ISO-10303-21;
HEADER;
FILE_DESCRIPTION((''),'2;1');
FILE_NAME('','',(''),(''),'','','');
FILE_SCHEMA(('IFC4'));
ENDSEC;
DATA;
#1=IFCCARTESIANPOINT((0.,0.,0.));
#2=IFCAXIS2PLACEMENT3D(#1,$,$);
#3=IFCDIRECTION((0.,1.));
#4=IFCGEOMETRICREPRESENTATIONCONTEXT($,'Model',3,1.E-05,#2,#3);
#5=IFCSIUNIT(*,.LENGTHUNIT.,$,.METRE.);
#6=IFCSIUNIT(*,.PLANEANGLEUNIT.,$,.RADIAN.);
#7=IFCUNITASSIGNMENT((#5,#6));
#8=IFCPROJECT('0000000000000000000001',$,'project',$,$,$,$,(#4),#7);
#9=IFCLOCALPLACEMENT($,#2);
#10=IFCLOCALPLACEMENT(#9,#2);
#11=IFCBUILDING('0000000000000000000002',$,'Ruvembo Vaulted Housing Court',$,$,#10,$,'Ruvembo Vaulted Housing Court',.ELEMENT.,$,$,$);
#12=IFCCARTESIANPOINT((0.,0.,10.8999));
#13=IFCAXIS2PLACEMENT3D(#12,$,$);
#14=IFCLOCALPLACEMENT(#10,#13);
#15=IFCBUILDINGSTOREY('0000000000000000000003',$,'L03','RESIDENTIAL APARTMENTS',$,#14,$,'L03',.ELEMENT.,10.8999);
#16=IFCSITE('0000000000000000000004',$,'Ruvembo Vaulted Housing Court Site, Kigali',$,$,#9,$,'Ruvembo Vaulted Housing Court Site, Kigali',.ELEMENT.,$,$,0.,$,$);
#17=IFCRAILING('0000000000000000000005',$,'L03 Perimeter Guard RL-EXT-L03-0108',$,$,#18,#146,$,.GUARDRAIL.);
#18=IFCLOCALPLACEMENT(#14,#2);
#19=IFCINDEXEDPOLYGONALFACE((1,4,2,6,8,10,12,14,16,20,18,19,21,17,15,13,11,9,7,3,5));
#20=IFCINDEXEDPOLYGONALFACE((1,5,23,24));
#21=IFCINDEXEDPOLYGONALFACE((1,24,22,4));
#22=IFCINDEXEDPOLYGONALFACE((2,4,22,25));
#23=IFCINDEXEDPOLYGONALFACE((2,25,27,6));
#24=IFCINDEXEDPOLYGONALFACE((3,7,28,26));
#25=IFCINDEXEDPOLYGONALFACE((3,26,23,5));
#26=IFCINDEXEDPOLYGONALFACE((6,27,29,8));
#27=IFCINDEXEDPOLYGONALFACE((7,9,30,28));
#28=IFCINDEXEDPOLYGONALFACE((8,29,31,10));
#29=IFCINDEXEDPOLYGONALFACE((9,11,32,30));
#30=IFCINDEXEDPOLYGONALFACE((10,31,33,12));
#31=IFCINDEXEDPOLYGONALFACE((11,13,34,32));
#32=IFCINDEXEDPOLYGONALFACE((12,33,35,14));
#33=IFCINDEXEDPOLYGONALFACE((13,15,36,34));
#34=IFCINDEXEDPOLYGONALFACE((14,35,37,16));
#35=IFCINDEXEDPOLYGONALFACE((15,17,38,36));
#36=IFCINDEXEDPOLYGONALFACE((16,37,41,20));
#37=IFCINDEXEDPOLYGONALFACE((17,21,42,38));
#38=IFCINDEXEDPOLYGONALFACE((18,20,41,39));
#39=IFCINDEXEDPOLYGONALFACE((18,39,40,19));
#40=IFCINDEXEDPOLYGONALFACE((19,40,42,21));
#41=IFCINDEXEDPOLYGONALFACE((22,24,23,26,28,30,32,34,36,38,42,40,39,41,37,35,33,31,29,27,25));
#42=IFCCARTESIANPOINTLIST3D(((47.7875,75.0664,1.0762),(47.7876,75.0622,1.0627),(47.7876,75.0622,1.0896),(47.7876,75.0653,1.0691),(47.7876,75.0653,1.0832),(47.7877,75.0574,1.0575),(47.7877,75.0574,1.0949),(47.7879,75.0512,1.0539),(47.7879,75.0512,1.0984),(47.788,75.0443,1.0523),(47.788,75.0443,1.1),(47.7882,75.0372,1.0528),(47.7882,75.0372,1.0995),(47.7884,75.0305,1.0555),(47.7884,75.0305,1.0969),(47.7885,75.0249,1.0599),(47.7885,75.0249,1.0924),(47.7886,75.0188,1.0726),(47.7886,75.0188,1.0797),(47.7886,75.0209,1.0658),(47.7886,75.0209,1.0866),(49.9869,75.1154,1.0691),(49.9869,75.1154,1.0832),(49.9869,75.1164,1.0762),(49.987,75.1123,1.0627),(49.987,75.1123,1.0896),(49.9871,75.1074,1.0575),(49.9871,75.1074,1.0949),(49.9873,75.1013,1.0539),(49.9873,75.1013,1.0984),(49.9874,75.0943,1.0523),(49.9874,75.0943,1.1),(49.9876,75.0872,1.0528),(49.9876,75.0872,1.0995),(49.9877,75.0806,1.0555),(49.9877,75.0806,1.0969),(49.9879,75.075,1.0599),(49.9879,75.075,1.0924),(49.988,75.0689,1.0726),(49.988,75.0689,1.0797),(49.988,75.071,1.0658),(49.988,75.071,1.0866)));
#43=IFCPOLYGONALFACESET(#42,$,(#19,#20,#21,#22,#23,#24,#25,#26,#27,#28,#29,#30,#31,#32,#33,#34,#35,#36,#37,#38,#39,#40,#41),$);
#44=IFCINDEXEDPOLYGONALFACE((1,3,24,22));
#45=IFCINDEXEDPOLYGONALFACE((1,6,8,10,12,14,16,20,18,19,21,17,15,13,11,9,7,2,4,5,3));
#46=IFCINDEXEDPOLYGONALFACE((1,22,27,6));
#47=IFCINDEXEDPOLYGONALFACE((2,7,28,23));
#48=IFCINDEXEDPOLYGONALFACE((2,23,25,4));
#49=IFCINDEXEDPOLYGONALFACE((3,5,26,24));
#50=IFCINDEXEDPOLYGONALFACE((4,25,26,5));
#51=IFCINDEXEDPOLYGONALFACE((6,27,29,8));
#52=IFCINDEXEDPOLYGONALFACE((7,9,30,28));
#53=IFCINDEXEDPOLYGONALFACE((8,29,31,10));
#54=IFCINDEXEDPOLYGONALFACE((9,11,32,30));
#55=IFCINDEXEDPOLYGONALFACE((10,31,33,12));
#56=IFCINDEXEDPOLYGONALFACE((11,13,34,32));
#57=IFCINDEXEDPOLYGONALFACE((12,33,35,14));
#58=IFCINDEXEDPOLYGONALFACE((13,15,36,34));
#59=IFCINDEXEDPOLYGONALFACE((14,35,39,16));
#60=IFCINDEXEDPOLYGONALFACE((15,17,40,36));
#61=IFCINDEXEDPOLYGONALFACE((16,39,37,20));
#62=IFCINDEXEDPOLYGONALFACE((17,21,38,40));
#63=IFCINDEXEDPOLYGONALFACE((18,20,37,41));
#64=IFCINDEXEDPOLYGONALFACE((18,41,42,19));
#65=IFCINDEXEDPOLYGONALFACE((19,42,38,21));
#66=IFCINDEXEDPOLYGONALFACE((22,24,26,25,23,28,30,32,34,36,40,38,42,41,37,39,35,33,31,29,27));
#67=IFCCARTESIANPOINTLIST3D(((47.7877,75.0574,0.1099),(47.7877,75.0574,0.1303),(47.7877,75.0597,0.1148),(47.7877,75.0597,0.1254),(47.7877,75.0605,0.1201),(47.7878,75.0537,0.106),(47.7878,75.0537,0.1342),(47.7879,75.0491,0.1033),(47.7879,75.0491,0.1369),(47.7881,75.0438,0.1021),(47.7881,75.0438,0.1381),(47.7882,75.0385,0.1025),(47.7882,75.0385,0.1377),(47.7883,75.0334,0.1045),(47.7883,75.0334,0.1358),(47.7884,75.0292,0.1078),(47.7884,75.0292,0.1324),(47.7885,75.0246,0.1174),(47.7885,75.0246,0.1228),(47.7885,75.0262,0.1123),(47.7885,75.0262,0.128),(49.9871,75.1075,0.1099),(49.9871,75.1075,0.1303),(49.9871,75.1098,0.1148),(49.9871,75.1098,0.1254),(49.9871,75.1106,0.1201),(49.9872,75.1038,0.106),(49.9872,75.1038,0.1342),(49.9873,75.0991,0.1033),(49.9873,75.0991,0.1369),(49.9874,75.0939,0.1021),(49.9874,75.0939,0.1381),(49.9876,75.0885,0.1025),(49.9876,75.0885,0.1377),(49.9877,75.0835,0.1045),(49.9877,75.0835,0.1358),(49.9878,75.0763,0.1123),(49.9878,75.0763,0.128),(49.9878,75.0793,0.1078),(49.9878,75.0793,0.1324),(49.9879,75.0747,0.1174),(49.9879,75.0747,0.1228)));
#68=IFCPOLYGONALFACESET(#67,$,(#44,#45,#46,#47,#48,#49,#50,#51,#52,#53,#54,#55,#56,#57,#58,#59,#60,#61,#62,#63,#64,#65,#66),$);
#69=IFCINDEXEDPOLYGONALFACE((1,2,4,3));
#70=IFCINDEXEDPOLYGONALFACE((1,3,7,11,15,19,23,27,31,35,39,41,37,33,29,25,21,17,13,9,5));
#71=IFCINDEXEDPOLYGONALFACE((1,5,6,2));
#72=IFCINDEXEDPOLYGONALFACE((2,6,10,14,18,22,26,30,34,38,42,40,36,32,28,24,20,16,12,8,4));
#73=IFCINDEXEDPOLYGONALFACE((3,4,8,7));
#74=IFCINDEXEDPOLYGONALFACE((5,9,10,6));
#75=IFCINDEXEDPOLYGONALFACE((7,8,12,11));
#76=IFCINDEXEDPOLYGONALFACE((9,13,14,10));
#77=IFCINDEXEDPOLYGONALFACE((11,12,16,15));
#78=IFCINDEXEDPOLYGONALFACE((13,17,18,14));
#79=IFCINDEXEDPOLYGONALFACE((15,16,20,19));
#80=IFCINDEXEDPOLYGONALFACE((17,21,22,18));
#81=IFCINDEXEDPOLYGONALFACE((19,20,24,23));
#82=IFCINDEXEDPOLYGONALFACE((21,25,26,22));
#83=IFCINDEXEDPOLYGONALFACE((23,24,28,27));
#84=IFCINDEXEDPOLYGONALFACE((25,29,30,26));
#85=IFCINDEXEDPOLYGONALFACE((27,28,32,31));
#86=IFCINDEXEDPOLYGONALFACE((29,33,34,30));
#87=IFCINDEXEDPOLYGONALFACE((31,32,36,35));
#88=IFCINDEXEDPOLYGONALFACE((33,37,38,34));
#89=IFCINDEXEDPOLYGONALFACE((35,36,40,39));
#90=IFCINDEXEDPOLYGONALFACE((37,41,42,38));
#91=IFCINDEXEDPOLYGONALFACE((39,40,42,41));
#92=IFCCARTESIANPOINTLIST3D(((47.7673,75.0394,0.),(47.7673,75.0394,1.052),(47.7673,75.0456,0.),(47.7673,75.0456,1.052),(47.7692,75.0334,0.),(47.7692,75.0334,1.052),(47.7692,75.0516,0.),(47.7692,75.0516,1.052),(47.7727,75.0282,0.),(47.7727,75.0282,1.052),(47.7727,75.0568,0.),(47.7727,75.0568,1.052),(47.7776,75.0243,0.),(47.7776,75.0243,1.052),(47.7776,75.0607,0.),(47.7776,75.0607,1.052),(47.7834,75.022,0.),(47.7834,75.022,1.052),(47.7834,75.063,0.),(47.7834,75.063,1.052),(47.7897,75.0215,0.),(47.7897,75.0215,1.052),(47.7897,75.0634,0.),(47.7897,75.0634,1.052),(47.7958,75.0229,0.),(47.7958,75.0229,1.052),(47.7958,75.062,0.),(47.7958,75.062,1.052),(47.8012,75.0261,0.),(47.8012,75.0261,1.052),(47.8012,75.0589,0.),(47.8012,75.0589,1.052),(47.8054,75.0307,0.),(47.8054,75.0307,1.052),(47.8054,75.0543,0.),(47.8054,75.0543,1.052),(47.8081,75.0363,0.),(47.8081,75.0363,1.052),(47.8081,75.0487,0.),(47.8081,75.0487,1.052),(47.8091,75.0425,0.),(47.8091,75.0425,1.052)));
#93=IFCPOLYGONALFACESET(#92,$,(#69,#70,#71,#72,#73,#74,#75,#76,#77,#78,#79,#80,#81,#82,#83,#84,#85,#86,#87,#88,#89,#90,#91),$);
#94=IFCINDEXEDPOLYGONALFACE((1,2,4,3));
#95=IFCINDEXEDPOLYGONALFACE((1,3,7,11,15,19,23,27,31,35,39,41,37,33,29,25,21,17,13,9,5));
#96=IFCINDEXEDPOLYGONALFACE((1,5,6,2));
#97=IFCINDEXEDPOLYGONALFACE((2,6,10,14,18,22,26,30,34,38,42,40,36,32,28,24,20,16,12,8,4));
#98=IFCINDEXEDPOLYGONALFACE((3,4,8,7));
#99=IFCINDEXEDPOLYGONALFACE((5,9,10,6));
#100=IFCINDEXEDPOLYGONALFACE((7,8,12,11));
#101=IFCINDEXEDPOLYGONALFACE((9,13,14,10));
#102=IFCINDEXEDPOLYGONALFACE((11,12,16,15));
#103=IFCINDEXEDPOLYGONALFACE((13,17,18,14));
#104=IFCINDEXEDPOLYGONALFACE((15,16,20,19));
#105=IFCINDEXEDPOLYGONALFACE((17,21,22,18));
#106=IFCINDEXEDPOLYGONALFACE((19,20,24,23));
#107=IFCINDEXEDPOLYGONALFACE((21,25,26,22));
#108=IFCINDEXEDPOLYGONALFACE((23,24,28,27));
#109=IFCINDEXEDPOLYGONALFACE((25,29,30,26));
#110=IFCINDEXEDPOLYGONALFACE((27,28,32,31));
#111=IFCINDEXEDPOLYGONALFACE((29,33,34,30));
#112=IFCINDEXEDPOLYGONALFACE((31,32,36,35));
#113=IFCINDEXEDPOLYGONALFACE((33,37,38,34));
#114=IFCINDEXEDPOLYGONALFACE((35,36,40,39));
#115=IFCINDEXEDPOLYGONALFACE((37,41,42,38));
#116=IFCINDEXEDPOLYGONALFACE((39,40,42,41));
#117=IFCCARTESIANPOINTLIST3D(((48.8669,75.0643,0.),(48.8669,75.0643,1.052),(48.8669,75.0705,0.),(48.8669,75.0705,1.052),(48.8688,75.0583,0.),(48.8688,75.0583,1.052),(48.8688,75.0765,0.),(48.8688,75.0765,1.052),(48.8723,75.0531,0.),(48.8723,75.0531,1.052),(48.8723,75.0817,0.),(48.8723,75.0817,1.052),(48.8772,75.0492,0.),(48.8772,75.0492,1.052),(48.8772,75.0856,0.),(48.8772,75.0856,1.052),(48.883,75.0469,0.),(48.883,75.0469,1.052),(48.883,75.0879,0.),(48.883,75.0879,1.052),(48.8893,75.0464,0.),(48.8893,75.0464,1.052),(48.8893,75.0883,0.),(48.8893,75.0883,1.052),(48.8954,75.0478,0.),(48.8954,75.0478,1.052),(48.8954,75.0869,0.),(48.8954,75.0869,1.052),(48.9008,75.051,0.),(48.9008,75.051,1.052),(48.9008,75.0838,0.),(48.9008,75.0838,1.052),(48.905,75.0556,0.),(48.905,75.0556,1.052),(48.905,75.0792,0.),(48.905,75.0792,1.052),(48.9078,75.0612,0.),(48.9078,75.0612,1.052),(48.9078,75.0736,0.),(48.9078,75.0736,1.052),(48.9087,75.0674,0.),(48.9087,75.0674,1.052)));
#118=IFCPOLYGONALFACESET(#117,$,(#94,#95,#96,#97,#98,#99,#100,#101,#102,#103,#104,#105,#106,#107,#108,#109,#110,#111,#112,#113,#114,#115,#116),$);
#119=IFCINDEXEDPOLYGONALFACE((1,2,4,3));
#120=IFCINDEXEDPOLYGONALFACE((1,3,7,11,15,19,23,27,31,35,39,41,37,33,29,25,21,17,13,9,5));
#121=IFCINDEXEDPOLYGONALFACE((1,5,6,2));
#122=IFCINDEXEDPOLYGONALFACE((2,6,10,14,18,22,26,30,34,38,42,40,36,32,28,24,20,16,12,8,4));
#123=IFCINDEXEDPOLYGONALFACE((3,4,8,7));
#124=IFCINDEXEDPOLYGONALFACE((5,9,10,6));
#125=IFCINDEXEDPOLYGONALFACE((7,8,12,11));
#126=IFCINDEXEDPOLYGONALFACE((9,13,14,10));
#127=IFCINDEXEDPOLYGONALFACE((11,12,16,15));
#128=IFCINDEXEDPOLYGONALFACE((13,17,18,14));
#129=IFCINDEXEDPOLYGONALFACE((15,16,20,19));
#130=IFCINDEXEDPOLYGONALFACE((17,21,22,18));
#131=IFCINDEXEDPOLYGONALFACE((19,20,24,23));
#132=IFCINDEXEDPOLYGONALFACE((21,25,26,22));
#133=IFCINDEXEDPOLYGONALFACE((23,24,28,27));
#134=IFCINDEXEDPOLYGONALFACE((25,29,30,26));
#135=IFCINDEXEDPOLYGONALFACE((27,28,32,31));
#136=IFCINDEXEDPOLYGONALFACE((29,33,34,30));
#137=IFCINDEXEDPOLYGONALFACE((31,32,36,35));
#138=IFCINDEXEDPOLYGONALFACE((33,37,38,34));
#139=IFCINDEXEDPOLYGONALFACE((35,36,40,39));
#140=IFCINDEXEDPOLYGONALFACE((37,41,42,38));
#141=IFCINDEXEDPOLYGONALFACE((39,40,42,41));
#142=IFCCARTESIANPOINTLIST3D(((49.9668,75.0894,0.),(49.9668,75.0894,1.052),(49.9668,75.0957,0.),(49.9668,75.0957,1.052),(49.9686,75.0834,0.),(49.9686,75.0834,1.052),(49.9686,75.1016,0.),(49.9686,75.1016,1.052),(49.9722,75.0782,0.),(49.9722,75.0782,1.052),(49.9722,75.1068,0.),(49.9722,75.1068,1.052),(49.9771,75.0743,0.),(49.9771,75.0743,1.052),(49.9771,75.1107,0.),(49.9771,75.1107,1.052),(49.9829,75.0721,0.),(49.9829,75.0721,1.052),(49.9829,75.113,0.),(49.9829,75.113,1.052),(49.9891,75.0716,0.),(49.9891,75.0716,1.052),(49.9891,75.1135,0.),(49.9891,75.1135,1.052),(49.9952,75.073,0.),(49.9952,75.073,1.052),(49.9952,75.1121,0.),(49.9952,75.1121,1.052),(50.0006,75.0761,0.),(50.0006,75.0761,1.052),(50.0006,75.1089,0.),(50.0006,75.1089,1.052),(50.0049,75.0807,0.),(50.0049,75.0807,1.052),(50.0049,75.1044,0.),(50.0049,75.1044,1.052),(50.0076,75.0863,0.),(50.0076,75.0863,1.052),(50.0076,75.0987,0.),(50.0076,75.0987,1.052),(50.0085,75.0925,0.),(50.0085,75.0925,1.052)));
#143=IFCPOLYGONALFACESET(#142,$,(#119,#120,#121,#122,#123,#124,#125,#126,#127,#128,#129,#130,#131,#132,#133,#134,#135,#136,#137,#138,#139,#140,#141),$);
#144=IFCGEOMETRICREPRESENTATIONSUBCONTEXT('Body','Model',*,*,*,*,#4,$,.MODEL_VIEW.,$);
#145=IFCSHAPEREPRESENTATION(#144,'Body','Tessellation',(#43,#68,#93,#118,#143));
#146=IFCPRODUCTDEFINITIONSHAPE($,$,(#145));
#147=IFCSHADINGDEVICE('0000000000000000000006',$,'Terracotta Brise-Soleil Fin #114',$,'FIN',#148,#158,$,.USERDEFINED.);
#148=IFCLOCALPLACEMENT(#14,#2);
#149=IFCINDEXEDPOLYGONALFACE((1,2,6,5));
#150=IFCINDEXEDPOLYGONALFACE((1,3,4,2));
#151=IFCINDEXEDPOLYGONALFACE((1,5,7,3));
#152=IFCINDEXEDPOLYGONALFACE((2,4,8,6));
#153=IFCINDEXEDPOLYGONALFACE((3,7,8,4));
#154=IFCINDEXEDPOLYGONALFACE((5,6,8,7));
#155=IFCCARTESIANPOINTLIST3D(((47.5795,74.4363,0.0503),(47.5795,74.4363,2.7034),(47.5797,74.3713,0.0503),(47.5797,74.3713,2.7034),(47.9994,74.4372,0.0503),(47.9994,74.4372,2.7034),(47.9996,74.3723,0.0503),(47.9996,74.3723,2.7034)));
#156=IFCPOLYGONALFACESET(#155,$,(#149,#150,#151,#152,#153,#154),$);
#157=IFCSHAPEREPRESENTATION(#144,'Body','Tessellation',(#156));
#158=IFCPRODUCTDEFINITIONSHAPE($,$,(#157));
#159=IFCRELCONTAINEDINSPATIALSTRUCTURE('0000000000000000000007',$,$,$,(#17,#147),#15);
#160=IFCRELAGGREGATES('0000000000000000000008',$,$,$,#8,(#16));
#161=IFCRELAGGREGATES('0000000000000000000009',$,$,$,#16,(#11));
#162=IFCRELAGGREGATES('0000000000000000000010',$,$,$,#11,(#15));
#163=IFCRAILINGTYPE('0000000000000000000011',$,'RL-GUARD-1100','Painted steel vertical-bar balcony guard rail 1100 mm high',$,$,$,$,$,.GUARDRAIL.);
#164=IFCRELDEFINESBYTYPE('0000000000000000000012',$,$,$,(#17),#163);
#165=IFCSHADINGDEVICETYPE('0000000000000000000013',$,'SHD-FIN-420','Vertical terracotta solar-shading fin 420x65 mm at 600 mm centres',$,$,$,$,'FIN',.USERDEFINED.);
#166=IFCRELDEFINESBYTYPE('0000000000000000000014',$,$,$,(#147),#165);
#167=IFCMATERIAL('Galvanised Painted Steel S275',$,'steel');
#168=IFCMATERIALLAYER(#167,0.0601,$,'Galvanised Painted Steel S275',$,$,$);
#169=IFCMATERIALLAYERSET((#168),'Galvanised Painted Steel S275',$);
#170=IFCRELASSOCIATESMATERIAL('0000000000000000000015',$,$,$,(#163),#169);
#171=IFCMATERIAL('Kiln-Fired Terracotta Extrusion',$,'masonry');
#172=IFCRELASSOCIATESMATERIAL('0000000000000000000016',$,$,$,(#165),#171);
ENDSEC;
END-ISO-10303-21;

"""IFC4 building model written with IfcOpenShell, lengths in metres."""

from ifc_helpers import new_model, si_unit, direction, frame, origin, origin_2d, place, context, subcontext, project, spatial, rectangle, circle, extrude, material, layer, layer_set, type_object, element, save


model = new_model("IFC4")

# Units and contexts
model_context = context("Model", 3, precision=1e-05, world=origin(), true_north=direction((0.0, 1.0)))
body_context = subcontext(model_context, "Body", "Model", "MODEL_VIEW")
ifc_project = project(units=[si_unit("LENGTHUNIT", "METRE"), si_unit("PLANEANGLEUNIT", "RADIAN")], contexts=[model_context])

# Site, building, storey
site_placement = place(None, origin())
site = spatial("IfcSite", under=ifc_project, at=site_placement, Name="Ruvembo Vaulted Housing Court Site, Kigali", LongName="Ruvembo Vaulted Housing Court Site, Kigali", CompositionType="ELEMENT", RefElevation=0.0)
building_placement = place(site_placement, origin())
building = spatial("IfcBuilding", under=site, at=building_placement, Name="Ruvembo Vaulted Housing Court", LongName="Ruvembo Vaulted Housing Court", CompositionType="ELEMENT")
storey_placement = place(building_placement, frame((0.0, 0.0, 10.8999)))
storey = spatial("IfcBuildingStorey", under=building, at=storey_placement, Name="L03", Description="RESIDENTIAL APARTMENTS", LongName="L03", CompositionType="ELEMENT", Elevation=10.8999)

# Railing
ifc_material_1 = material(Name="Galvanised Painted Steel S275", Category="steel")
ifc_layer_1 = layer(ifc_material_1, 0.0601, Name="Galvanised Painted Steel S275")
ifc_layer_set_1 = layer_set([ifc_layer_1], Name="Galvanised Painted Steel S275")
railing_type = type_object("IfcRailingType", Name="RL-GUARD-1100", Description="Painted steel vertical-bar balcony guard rail 1100 mm high", PredefinedType="GUARDRAIL", material=ifc_layer_set_1)
railing_placement = place(storey_placement, frame((47.7881, 75.0425, 0.0)))
element("IfcRailing", 1, at=railing_placement, inside=storey, type_object=railing_type, Name="L03 Perimeter Guard RL-EXT-L03-0108", PredefinedType="GUARDRAIL", context=body_context, shape_type="SweptSolid", body=[
    extrude(circle(Radius=0.0239, at=origin_2d()), frame((0.0, 0.0, 1.0762), z_axis=(0.999741, 0.022749, 0.0), x_axis=(-0.022749, 0.999741, 0.0)), (0.0, 0.0, 1.0), 2.2),
    extrude(circle(Radius=0.0181, at=origin_2d()), frame((0.0, 0.0, 0.1201), z_axis=(0.999741, 0.022749, 0.0), x_axis=(-0.022749, 0.999741, 0.0)), (0.0, 0.0, 1.0), 2.2),
    extrude(circle(Radius=0.021, at=origin_2d()), origin(), (0.0, 0.0, 1.0), 1.052),
    extrude(circle(Radius=0.021, at=origin_2d()), frame((1.0996, 0.0249, 0.0)), (0.0, 0.0, 1.0), 1.052),
    extrude(circle(Radius=0.021, at=origin_2d()), frame((2.1995, 0.05, 0.0)), (0.0, 0.0, 1.0), 1.052),
])

# Shading device
ifc_material_2 = material(Name="Kiln-Fired Terracotta Extrusion", Category="masonry")
shading_device_type = type_object("IfcShadingDeviceType", Name="SHD-FIN-420", Description="Vertical terracotta solar-shading fin 420x65 mm at 600 mm centres", ElementType="FIN", PredefinedType="USERDEFINED", material=ifc_material_2)
shading_device_placement = place(storey_placement, frame((47.7896, 74.4043, 0.0503), z_axis=(0.0, 0.0, 1.0), x_axis=(0.999997, 0.002286, 0.0)))
element("IfcShadingDevice", 2, at=shading_device_placement, inside=storey, type_object=shading_device_type, Name="Terracotta Brise-Soleil Fin #114", ObjectType="FIN", PredefinedType="USERDEFINED", context=body_context, shape_type="SweptSolid", body=[
    extrude(rectangle(XDim=0.4199, YDim=0.0649, at=origin_2d()), origin(), (0.0, 0.0, 1.0), 2.6531),
])

save(model, "model.ifc")
